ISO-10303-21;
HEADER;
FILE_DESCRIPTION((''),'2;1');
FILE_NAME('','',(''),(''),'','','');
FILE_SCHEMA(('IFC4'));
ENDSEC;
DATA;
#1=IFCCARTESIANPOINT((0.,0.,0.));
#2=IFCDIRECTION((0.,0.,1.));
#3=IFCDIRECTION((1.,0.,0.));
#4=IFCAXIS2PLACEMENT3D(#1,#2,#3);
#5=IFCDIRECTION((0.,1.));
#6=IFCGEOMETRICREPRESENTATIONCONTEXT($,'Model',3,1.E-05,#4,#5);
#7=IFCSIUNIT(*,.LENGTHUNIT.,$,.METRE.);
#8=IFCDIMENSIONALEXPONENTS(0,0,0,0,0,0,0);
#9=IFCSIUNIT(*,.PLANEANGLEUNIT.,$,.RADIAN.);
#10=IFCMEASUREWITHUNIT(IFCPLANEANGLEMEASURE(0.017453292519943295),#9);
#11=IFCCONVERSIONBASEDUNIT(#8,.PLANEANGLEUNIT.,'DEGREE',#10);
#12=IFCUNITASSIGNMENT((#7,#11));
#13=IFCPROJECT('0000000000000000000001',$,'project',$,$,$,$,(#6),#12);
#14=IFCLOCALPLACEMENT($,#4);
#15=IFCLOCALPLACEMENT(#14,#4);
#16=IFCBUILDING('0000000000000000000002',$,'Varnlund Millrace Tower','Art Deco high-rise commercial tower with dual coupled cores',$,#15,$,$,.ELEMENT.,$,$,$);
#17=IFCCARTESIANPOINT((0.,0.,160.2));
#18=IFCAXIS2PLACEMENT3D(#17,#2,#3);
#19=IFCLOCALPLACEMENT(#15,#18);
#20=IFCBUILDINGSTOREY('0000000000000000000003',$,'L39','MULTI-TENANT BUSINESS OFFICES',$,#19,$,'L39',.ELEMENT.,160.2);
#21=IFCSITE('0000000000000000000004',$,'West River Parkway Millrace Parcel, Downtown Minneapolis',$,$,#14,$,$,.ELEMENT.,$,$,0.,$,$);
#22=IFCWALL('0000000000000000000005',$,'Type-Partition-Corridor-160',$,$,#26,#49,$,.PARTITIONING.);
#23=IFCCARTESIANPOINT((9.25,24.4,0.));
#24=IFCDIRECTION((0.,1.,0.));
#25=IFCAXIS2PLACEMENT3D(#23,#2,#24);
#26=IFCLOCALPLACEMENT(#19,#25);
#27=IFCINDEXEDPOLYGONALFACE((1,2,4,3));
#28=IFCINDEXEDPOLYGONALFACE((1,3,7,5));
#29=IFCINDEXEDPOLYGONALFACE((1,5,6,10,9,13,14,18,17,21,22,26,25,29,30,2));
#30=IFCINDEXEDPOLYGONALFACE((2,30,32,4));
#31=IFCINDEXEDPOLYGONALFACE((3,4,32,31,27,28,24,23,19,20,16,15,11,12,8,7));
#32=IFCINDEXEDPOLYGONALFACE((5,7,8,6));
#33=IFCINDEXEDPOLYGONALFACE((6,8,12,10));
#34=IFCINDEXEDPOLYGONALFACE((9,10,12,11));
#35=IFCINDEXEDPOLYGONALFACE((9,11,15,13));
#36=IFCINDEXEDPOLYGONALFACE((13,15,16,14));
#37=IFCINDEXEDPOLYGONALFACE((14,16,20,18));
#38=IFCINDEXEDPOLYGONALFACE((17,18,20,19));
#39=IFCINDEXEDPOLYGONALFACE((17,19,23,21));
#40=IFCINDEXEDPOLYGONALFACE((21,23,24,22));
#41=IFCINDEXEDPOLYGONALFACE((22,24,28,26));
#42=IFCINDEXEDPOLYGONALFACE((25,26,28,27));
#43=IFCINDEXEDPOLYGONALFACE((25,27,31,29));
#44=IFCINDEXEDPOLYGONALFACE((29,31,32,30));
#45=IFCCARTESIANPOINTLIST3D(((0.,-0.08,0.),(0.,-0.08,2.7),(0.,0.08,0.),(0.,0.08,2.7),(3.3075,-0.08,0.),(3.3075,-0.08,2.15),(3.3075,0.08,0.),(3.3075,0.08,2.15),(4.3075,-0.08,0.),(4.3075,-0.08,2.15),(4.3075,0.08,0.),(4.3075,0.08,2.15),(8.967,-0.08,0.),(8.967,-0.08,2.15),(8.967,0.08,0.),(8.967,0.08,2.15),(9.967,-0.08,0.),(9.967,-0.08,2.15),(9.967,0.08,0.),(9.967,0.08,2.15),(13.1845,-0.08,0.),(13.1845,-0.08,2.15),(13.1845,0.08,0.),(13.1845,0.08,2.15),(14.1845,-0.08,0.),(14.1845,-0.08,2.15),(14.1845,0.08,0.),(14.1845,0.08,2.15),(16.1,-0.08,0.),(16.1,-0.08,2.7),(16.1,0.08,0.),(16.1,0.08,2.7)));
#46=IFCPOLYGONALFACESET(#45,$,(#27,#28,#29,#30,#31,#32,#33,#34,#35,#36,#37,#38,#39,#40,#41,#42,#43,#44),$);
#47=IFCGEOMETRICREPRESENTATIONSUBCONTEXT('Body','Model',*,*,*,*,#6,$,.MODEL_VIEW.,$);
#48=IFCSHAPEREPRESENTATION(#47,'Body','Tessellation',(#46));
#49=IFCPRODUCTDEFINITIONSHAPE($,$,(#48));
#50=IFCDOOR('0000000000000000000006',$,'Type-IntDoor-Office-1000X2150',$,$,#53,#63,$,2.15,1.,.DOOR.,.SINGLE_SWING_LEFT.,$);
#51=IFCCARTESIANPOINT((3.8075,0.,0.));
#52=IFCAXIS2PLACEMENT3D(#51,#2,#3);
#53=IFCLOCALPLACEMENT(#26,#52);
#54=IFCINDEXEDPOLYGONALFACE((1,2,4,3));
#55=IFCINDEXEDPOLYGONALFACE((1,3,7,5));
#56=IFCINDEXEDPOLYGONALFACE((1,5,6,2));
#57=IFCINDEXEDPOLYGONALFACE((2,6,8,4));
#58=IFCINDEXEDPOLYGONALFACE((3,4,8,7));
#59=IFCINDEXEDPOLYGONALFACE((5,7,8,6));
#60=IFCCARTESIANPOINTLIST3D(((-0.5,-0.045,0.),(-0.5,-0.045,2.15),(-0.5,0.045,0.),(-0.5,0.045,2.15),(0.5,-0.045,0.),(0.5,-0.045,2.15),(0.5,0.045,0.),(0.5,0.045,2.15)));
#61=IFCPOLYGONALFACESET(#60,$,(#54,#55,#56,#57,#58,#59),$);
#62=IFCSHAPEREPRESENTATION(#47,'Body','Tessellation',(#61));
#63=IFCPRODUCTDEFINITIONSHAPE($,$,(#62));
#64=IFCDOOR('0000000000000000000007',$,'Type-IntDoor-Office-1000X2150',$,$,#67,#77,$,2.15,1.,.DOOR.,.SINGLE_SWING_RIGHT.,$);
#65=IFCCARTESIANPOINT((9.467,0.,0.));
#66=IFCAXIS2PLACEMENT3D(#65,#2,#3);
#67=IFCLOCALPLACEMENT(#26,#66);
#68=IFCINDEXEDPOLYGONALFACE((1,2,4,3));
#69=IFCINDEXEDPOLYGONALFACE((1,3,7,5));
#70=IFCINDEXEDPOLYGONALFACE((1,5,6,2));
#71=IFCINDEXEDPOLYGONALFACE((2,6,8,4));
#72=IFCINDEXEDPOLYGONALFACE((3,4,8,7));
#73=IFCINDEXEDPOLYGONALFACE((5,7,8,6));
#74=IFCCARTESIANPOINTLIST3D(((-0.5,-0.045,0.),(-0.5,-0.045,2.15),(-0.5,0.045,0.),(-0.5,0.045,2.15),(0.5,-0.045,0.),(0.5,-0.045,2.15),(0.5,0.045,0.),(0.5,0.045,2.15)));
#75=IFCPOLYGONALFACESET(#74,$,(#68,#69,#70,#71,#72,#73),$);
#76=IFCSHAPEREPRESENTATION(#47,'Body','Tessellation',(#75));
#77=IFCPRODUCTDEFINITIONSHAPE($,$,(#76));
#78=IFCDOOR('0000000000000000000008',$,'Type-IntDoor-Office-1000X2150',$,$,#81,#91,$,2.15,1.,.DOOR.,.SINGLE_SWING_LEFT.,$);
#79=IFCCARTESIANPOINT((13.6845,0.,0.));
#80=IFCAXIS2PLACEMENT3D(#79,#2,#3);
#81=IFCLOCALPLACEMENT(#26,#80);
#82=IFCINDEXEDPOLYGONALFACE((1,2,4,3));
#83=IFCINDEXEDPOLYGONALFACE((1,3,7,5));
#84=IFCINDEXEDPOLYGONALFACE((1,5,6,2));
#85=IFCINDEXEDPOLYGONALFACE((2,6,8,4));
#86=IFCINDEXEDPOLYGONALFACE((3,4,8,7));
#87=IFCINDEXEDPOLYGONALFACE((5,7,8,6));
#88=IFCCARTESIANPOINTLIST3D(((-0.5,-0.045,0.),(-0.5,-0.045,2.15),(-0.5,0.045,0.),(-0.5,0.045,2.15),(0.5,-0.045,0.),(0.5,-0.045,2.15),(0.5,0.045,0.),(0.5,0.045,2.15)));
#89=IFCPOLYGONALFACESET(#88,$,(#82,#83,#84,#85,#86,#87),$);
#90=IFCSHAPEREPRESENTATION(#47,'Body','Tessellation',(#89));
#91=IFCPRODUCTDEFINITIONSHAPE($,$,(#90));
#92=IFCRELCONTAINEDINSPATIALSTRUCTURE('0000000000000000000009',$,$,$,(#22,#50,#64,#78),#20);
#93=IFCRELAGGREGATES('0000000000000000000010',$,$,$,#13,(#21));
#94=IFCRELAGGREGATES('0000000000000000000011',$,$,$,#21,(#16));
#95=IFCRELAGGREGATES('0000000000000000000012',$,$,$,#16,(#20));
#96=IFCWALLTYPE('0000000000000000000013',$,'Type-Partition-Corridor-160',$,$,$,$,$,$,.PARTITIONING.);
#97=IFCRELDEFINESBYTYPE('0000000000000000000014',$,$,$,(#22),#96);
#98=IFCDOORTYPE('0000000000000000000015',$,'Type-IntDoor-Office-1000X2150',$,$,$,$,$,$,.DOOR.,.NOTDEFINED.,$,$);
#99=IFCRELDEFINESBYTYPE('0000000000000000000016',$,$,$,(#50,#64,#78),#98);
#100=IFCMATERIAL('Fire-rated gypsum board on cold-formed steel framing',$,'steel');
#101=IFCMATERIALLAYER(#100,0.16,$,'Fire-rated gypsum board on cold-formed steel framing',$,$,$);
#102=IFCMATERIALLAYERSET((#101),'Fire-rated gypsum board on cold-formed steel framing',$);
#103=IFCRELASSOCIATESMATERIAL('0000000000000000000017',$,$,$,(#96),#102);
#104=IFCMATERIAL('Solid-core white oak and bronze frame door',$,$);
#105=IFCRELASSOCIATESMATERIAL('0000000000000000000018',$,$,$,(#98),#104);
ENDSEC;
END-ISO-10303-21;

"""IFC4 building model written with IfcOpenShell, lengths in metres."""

from ifc_helpers import new_model, entity, si_unit, converted_unit, direction, frame, origin_with_axes, origin_2d_with_axis, place, context, subcontext, project, spatial, polyline, rectangle, outline, extrude, material, layer, layer_set, type_object, element, fill, save


model = new_model("IFC4")

# Units and contexts
model_context = context("Model", 3, precision=1e-05, world=origin_with_axes(), true_north=direction((0.0, 1.0)))
body_context = subcontext(model_context, "Body", "Model", "MODEL_VIEW")
ifc_project = project(units=[si_unit("LENGTHUNIT", "METRE"), converted_unit("PLANEANGLEUNIT", "DEGREE", entity("IfcPlaneAngleMeasure", 0.017453292519943295), si_unit("PLANEANGLEUNIT", "RADIAN"), dimensions=[0, 0, 0, 0, 0, 0, 0])], contexts=[model_context])

# Site, building, storey
site_placement = place(None, origin_with_axes())
site = spatial("IfcSite", under=ifc_project, at=site_placement, Name="West River Parkway Millrace Parcel, Downtown Minneapolis", CompositionType="ELEMENT", RefElevation=0.0)
building_placement = place(site_placement, origin_with_axes())
building = spatial("IfcBuilding", under=site, at=building_placement, Name="Varnlund Millrace Tower", Description="Art Deco high-rise commercial tower with dual coupled cores", CompositionType="ELEMENT")
storey_placement = place(building_placement, frame((0.0, 0.0, 160.2), z_axis=(0.0, 0.0, 1.0), x_axis=(1.0, 0.0, 0.0)))
storey = spatial("IfcBuildingStorey", under=building, at=storey_placement, Name="L39", Description="MULTI-TENANT BUSINESS OFFICES", LongName="L39", CompositionType="ELEMENT", Elevation=160.2)

# Shared definitions
ifc_material_1 = material(Name="Fire-rated gypsum board on cold-formed steel framing", Category="steel")
ifc_layer_1 = layer(ifc_material_1, 0.16, Name="Fire-rated gypsum board on cold-formed steel framing")
ifc_layer_set_1 = layer_set([ifc_layer_1], Name="Fire-rated gypsum board on cold-formed steel framing")
wall_type_1 = type_object("IfcWallType", Name="Type-Partition-Corridor-160", PredefinedType="PARTITIONING", material=ifc_layer_set_1)

# Wall, openings, doors
ifc_material_2 = material(Name="Solid-core white oak and bronze frame door")
door_type_1 = type_object("IfcDoorType", Name="Type-IntDoor-Office-1000X2150", OperationType="NOTDEFINED", PredefinedType="DOOR", material=ifc_material_2)
wall_1_placement = place(storey_placement, frame((9.25, 24.4, 0.0), z_axis=(0.0, 0.0, 1.0), x_axis=(0.0, 1.0, 0.0)))
wall_1 = element("IfcWall", 1, at=wall_1_placement, inside=storey, type_object=wall_type_1, Name="Type-Partition-Corridor-160", PredefinedType="PARTITIONING", context=body_context, shape_type="SweptSolid", body=[
    extrude(outline(polyline([(0.0, -0.08), (16.1, -0.08), (16.1, 0.08), (0.0, 0.08), (0.0, -0.08)])), origin_with_axes(), (0.0, 0.0, 1.0), 2.7),
])
opening_1_placement = place(wall_1_placement, frame((3.8075, 0.0, 0.0), z_axis=(0.0, 0.0, 1.0), x_axis=(1.0, 0.0, 0.0)))
opening_1 = element("IfcOpeningElement", 2, at=opening_1_placement, cuts=wall_1, PredefinedType="OPENING", context=body_context, shape_type="SweptSolid", body=[
    extrude(rectangle(XDim=1.0, YDim=0.18, at=origin_2d_with_axis()), origin_with_axes(), (0.0, 0.0, 1.0), 2.15),
])
opening_2_placement = place(wall_1_placement, frame((9.467, 0.0, 0.0), z_axis=(0.0, 0.0, 1.0), x_axis=(1.0, 0.0, 0.0)))
opening_2 = element("IfcOpeningElement", 3, at=opening_2_placement, cuts=wall_1, PredefinedType="OPENING", context=body_context, shape_type="SweptSolid", body=[
    extrude(rectangle(XDim=1.0, YDim=0.18, at=origin_2d_with_axis()), origin_with_axes(), (0.0, 0.0, 1.0), 2.15),
])
opening_3_placement = place(wall_1_placement, frame((13.6845, 0.0, 0.0), z_axis=(0.0, 0.0, 1.0), x_axis=(1.0, 0.0, 0.0)))
opening_3 = element("IfcOpeningElement", 4, at=opening_3_placement, cuts=wall_1, PredefinedType="OPENING", context=body_context, shape_type="SweptSolid", body=[
    extrude(rectangle(XDim=1.0, YDim=0.18, at=origin_2d_with_axis()), origin_with_axes(), (0.0, 0.0, 1.0), 2.15),
])
door_1_placement = place(wall_1_placement, frame((3.8075, 0.0, 0.0), z_axis=(0.0, 0.0, 1.0), x_axis=(1.0, 0.0, 0.0)))
door_1 = element("IfcDoor", 5, at=door_1_placement, inside=storey, type_object=door_type_1, Name="Type-IntDoor-Office-1000X2150", OperationType="SINGLE_SWING_LEFT", OverallHeight=2.15, OverallWidth=1.0, PredefinedType="DOOR", context=body_context, shape_type="SweptSolid", body=[
    extrude(rectangle(XDim=1.0, YDim=0.09, at=origin_2d_with_axis()), origin_with_axes(), (0.0, 0.0, 1.0), 2.15),
])
fill(opening_1, door_1)
door_2_placement = place(wall_1_placement, frame((9.467, 0.0, 0.0), z_axis=(0.0, 0.0, 1.0), x_axis=(1.0, 0.0, 0.0)))
door_2 = element("IfcDoor", 6, at=door_2_placement, inside=storey, type_object=door_type_1, Name="Type-IntDoor-Office-1000X2150", OperationType="SINGLE_SWING_RIGHT", OverallHeight=2.15, OverallWidth=1.0, PredefinedType="DOOR", context=body_context, shape_type="SweptSolid", body=[
    extrude(rectangle(XDim=1.0, YDim=0.09, at=origin_2d_with_axis()), origin_with_axes(), (0.0, 0.0, 1.0), 2.15),
])
fill(opening_2, door_2)
door_3_placement = place(wall_1_placement, frame((13.6845, 0.0, 0.0), z_axis=(0.0, 0.0, 1.0), x_axis=(1.0, 0.0, 0.0)))
door_3 = element("IfcDoor", 7, at=door_3_placement, inside=storey, type_object=door_type_1, Name="Type-IntDoor-Office-1000X2150", OperationType="SINGLE_SWING_LEFT", OverallHeight=2.15, OverallWidth=1.0, PredefinedType="DOOR", context=body_context, shape_type="SweptSolid", body=[
    extrude(rectangle(XDim=1.0, YDim=0.09, at=origin_2d_with_axis()), origin_with_axes(), (0.0, 0.0, 1.0), 2.15),
])
fill(opening_3, door_3)

save(model, "model.ifc")
